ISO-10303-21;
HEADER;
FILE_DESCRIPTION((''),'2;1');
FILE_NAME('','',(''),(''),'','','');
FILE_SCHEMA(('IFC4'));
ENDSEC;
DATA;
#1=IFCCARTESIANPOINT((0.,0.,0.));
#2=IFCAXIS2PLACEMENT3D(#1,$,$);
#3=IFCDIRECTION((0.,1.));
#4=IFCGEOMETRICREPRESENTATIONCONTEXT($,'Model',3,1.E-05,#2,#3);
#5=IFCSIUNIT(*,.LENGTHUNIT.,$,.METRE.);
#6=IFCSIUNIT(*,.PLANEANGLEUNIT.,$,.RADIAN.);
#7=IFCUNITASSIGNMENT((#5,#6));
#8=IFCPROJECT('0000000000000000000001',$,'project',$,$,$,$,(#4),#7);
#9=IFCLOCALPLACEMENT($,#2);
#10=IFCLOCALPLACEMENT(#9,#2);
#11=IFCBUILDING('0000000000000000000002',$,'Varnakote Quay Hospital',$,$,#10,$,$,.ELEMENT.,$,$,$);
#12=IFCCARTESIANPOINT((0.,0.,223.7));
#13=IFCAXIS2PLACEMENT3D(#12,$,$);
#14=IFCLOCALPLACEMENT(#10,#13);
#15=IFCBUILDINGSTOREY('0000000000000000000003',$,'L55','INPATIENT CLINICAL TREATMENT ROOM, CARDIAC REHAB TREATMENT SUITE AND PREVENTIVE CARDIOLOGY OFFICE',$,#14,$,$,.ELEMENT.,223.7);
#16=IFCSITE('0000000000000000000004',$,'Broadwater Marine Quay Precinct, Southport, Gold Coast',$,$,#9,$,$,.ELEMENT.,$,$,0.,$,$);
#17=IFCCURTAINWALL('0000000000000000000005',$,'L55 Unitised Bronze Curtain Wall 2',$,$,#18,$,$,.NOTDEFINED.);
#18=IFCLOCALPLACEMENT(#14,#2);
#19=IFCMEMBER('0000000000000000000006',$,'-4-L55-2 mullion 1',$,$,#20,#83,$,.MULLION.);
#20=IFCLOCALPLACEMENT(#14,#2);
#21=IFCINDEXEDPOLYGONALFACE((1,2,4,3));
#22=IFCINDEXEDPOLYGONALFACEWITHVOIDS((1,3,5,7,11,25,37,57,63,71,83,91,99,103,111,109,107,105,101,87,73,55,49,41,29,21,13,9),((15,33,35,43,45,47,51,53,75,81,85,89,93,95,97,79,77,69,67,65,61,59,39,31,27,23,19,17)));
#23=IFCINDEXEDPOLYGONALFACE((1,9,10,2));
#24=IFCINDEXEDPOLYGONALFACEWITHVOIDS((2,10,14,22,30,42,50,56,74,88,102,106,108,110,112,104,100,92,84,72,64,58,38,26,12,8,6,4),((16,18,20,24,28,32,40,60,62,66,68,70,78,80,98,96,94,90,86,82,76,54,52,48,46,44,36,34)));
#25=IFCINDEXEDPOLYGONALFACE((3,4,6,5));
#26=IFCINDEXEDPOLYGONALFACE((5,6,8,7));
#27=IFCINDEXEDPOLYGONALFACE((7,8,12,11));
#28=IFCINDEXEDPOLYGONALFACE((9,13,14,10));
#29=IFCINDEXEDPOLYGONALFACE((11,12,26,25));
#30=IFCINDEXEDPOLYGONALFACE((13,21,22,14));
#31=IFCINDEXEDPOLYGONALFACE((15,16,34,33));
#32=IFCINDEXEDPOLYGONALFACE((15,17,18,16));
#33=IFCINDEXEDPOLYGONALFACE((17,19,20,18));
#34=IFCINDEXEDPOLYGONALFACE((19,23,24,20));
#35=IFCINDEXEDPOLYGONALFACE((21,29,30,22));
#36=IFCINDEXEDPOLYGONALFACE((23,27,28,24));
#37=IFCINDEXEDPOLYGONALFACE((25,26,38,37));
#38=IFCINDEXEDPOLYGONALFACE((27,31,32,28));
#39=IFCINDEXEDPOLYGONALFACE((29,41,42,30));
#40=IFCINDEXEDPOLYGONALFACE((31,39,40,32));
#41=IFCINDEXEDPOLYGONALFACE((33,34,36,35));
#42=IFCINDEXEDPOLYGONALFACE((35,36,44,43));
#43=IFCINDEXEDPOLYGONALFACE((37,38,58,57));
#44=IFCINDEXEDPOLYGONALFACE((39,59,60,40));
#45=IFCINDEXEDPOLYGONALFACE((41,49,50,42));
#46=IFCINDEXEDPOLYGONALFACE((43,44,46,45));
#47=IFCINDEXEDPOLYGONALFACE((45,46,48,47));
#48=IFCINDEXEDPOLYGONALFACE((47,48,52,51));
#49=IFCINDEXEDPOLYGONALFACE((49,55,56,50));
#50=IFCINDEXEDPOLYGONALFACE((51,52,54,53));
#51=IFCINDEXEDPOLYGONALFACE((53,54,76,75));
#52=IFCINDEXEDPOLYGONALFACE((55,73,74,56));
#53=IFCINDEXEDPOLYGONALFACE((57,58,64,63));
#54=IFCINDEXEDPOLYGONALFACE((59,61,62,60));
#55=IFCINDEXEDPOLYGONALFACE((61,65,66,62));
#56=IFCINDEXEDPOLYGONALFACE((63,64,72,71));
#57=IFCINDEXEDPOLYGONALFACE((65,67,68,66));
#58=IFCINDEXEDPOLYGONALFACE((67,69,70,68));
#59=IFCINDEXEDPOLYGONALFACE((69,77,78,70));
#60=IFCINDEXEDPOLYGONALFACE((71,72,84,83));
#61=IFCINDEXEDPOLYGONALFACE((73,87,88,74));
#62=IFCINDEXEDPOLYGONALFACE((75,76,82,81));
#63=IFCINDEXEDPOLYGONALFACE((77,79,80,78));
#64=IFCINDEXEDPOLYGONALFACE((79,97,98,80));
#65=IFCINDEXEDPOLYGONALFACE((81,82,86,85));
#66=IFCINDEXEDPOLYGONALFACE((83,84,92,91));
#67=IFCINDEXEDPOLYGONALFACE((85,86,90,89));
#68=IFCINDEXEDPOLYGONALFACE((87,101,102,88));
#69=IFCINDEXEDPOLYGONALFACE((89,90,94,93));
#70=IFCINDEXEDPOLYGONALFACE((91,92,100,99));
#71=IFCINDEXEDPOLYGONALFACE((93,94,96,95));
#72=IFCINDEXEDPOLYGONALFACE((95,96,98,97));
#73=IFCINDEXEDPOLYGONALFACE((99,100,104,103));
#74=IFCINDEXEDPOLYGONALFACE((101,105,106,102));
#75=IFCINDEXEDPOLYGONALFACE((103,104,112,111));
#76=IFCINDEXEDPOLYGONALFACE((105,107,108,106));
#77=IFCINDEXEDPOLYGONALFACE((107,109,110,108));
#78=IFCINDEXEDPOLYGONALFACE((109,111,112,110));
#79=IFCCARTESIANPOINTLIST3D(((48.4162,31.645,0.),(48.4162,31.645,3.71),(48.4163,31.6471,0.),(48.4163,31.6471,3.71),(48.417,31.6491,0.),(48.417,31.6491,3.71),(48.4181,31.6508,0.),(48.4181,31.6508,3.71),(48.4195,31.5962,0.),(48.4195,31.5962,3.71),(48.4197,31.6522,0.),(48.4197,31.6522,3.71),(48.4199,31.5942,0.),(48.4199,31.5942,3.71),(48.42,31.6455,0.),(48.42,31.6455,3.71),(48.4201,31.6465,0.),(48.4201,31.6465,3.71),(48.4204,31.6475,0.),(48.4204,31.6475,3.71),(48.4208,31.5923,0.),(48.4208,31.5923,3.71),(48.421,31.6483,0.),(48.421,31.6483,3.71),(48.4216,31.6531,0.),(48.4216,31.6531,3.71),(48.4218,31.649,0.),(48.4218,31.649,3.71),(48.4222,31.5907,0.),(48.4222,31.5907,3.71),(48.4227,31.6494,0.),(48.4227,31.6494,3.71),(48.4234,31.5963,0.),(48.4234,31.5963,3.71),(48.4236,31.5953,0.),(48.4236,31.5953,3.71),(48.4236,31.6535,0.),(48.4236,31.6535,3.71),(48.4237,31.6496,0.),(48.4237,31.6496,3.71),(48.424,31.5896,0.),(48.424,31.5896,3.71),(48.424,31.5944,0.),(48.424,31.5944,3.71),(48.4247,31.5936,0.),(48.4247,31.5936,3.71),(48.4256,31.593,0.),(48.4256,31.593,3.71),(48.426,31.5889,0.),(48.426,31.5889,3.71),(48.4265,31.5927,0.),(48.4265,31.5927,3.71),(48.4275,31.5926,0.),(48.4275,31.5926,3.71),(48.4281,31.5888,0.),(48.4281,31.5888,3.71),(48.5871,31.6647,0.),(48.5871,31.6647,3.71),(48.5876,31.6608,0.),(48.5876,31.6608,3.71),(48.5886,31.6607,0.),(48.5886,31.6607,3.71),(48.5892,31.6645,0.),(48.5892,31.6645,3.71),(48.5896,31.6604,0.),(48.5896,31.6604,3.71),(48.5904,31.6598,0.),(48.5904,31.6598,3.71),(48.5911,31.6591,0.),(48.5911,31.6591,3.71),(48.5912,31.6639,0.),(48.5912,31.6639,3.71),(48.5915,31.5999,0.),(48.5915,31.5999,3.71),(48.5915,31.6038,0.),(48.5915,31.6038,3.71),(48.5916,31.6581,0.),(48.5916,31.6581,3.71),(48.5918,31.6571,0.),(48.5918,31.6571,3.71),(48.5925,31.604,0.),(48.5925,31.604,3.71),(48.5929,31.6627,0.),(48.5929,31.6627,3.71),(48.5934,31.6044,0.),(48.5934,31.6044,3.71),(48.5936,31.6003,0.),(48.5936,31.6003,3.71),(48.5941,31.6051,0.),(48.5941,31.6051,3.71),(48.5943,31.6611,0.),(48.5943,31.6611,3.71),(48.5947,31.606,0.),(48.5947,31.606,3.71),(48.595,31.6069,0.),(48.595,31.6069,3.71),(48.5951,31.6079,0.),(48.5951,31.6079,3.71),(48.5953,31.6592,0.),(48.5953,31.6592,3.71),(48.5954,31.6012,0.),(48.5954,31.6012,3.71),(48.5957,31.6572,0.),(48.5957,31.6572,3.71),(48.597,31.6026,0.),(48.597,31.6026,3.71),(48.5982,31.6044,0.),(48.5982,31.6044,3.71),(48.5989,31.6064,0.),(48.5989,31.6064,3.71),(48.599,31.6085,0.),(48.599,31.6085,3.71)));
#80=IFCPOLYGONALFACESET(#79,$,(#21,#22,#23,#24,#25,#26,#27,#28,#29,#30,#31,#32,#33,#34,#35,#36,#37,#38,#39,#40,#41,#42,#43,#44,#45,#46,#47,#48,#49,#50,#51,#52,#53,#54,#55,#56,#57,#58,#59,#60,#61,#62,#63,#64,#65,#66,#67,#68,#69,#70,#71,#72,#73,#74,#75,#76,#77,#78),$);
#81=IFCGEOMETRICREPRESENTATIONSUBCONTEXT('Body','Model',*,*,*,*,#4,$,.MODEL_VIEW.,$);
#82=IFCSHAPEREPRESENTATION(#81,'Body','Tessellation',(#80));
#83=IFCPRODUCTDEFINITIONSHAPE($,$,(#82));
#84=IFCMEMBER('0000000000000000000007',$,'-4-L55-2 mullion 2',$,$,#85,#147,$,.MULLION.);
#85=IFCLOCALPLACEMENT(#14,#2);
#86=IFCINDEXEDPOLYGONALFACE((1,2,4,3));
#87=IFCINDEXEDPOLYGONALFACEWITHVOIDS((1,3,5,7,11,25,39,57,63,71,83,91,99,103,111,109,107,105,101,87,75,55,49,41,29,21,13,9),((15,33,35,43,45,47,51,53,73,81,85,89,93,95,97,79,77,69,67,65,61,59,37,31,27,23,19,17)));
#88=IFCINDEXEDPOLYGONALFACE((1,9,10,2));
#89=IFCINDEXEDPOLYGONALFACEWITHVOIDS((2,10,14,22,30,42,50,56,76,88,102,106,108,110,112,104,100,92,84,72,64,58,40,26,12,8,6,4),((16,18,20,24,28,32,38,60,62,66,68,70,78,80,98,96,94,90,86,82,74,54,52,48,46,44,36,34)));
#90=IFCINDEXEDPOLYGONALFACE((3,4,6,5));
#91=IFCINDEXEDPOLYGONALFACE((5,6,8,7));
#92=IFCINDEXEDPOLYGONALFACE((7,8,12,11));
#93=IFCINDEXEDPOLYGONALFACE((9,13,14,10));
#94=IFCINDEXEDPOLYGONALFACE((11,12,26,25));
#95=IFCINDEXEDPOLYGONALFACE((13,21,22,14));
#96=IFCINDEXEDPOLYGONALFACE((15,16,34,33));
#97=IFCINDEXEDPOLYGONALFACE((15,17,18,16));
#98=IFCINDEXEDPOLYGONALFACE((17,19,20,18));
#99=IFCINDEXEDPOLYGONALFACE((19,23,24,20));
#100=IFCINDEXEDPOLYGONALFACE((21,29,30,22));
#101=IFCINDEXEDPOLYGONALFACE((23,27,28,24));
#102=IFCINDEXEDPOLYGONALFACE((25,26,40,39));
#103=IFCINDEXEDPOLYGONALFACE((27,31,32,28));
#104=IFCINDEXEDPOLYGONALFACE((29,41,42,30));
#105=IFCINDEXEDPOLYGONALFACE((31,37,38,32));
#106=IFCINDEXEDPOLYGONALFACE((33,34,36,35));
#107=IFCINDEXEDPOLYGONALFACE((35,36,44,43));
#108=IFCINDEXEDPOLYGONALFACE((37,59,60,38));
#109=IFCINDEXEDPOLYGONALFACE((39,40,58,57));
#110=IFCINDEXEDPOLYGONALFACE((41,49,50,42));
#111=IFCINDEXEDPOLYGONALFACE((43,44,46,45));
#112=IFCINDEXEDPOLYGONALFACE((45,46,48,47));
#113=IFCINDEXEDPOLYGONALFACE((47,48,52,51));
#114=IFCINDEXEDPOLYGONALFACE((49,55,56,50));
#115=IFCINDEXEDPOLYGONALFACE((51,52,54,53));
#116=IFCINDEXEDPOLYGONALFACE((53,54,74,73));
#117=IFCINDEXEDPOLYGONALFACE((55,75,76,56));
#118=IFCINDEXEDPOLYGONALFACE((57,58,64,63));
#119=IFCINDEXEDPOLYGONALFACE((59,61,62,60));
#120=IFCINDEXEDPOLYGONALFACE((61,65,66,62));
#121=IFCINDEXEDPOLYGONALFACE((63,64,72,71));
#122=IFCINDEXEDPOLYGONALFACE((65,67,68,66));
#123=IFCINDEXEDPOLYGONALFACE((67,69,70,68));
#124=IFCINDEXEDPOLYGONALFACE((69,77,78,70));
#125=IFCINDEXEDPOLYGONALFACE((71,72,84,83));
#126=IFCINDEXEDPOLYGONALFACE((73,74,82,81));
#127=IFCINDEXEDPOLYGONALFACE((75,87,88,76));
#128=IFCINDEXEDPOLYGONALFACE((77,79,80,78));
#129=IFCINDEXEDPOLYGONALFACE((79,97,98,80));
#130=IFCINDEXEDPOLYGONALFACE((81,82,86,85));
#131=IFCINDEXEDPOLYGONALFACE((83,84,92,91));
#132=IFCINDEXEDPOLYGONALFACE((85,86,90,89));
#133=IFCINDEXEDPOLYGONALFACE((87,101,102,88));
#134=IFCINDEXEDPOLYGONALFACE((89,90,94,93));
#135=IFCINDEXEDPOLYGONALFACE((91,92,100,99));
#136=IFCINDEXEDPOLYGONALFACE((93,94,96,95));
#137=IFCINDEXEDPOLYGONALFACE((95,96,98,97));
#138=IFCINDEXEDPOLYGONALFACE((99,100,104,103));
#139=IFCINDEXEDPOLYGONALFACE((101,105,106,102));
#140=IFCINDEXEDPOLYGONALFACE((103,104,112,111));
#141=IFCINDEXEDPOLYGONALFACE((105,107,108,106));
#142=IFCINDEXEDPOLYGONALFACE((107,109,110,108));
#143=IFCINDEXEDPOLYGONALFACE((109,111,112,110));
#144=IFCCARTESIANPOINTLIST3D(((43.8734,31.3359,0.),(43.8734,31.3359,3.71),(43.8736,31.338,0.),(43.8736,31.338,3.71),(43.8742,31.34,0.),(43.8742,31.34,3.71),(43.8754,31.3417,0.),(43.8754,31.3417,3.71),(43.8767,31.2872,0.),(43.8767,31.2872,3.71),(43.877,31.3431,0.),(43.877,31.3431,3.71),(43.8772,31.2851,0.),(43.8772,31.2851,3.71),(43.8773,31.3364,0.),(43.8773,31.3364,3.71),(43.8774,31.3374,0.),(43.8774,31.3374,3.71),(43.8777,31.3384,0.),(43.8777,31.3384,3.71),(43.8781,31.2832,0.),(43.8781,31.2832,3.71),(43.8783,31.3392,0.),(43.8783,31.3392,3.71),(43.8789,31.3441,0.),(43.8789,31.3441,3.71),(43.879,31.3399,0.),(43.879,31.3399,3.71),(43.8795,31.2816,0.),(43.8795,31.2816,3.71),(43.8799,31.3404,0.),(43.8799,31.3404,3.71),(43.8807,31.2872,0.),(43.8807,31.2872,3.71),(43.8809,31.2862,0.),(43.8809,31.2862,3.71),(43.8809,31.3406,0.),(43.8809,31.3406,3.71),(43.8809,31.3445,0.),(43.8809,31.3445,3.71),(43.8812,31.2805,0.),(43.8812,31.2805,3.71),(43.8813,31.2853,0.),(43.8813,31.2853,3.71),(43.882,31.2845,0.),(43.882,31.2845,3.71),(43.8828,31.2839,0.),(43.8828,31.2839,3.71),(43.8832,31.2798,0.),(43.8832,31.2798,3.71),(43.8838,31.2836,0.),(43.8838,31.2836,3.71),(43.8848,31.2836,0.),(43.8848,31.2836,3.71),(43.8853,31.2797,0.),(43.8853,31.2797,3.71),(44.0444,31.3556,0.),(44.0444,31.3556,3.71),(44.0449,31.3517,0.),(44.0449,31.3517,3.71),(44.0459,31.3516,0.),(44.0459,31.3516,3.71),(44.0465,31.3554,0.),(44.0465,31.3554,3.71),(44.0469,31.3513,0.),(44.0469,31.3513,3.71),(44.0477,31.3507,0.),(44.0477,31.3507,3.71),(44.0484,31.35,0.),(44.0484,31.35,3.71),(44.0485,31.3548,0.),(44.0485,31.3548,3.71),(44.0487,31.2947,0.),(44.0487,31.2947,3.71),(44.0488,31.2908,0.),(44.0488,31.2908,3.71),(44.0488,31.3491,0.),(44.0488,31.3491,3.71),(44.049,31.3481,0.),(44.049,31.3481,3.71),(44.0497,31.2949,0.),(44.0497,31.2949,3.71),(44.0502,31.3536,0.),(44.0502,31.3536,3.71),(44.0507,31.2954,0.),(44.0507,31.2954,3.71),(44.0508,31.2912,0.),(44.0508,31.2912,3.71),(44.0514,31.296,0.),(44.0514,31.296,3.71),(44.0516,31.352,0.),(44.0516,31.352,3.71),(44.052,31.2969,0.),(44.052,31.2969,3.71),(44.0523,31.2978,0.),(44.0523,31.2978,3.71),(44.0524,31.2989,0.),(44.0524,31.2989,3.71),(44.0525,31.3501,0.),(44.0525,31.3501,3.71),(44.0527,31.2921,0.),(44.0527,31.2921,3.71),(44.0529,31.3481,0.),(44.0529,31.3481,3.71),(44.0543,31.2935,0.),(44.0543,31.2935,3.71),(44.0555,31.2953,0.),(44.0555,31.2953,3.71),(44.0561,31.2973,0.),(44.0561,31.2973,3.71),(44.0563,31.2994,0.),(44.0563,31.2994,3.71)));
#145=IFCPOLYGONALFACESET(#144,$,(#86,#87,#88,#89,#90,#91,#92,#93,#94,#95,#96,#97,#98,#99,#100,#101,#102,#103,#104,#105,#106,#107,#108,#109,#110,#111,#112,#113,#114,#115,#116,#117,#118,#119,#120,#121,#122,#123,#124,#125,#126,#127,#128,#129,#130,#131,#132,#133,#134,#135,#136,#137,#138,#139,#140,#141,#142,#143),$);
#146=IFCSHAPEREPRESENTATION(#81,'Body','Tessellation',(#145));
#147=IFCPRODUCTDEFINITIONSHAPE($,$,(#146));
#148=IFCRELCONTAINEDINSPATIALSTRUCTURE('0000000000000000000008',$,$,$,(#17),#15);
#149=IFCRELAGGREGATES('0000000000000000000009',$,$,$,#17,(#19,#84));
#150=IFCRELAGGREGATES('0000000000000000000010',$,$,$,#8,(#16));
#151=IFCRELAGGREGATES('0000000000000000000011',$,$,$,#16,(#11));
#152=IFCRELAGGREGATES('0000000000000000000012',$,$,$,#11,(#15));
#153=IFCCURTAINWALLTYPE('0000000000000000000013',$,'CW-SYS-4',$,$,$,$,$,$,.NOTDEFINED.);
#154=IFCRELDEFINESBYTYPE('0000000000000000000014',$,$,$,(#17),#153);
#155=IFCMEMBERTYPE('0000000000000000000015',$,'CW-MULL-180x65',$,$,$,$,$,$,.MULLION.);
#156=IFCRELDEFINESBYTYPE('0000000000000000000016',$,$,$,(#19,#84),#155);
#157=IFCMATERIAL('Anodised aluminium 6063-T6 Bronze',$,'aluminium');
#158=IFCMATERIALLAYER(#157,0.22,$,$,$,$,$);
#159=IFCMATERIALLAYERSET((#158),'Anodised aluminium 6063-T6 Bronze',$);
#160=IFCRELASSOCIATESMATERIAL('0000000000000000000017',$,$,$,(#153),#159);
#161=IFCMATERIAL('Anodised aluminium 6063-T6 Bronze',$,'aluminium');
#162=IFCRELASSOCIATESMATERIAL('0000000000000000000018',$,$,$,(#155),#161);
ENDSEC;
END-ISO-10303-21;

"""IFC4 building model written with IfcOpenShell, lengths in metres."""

from ifc_helpers import new_model, si_unit, direction, frame, origin, origin_2d, place, context, subcontext, project, spatial, hollow_rectangle, extrude, material, layer, layer_set, material_profile, profile_set, type_object, element, aggregate, save


model = new_model("IFC4")

# Units and contexts
model_context = context("Model", 3, precision=1e-05, world=origin(), true_north=direction((0.0, 1.0)))
body_context = subcontext(model_context, "Body", "Model", "MODEL_VIEW")
ifc_project = project(units=[si_unit("LENGTHUNIT", "METRE"), si_unit("PLANEANGLEUNIT", "RADIAN")], contexts=[model_context])

# Site, building, storey
site_placement = place(None, origin())
site = spatial("IfcSite", under=ifc_project, at=site_placement, Name="Broadwater Marine Quay Precinct, Southport, Gold Coast", CompositionType="ELEMENT", RefElevation=0.0)
building_placement = place(site_placement, origin())
building = spatial("IfcBuilding", under=site, at=building_placement, Name="Varnakote Quay Hospital", CompositionType="ELEMENT")
storey_placement = place(building_placement, frame((0.0, 0.0, 223.7)))
storey = spatial("IfcBuildingStorey", under=building, at=storey_placement, Name="L55", Description="INPATIENT CLINICAL TREATMENT ROOM, CARDIAC REHAB TREATMENT SUITE AND PREVENTIVE CARDIOLOGY OFFICE", CompositionType="ELEMENT", Elevation=223.7)

# Curtain wall, members
ifc_material_1 = material(Name="Anodised aluminium 6063-T6 Bronze", Category="aluminium")
ifc_layer_1 = layer(ifc_material_1, 0.22)
ifc_layer_set_1 = layer_set([ifc_layer_1], Name="Anodised aluminium 6063-T6 Bronze")
curtain_wall_type = type_object("IfcCurtainWallType", Name="CW-SYS-4", PredefinedType="NOTDEFINED", material=ifc_layer_set_1)
curtain_wall_placement = place(storey_placement, origin())
curtain_wall = element("IfcCurtainWall", 1, at=curtain_wall_placement, inside=storey, type_object=curtain_wall_type, Name="L55 Unitised Bronze Curtain Wall 2", PredefinedType="NOTDEFINED")
ifc_material_2 = material(Name="Anodised aluminium 6063-T6 Bronze", Category="aluminium")
ifc_material_profile_1 = material_profile(ifc_material_2, hollow_rectangle(XDim=0.0649, YDim=0.1799, WallThickness=0.0039, InnerFilletRadius=0.0039, OuterFilletRadius=0.0081, at=origin_2d()), Name="CW-MULL-180x65")
ifc_profile_set_1 = profile_set([ifc_material_profile_1], Name="Anodised aluminium 6063-T6 Bronze")
member_type_1 = type_object("IfcMemberType", Name="CW-MULL-180x65", PredefinedType="MULLION", material=ifc_profile_set_1)
member_1_placement = place(storey_placement, frame((48.5076, 31.6267, 0.0), z_axis=(0.0, 0.0, 1.0), x_axis=(0.067842, -0.997696, 0.0)))
member_1 = element("IfcMember", 2, at=member_1_placement, type_object=member_type_1, Name="-4-L55-2 mullion 1", PredefinedType="MULLION", context=body_context, shape_type="SweptSolid", body=[
    extrude(hollow_rectangle(XDim=0.0649, YDim=0.1799, WallThickness=0.0039, InnerFilletRadius=0.0039, OuterFilletRadius=0.0081, at=origin_2d()), origin(), (0.0, 0.0, 1.0), 3.71),
])
member_2_placement = place(storey_placement, frame((43.9648, 31.3176, 0.0), z_axis=(0.0, 0.0, 1.0), x_axis=(0.067842, -0.997696, 0.0)))
member_2 = element("IfcMember", 3, at=member_2_placement, type_object=member_type_1, Name="-4-L55-2 mullion 2", PredefinedType="MULLION", context=body_context, shape_type="SweptSolid", body=[
    extrude(hollow_rectangle(XDim=0.0649, YDim=0.1799, WallThickness=0.0039, InnerFilletRadius=0.0039, OuterFilletRadius=0.0081, at=origin_2d()), origin(), (0.0, 0.0, 1.0), 3.71),
])
aggregate(curtain_wall, [member_1, member_2])

save(model, "model.ifc")
